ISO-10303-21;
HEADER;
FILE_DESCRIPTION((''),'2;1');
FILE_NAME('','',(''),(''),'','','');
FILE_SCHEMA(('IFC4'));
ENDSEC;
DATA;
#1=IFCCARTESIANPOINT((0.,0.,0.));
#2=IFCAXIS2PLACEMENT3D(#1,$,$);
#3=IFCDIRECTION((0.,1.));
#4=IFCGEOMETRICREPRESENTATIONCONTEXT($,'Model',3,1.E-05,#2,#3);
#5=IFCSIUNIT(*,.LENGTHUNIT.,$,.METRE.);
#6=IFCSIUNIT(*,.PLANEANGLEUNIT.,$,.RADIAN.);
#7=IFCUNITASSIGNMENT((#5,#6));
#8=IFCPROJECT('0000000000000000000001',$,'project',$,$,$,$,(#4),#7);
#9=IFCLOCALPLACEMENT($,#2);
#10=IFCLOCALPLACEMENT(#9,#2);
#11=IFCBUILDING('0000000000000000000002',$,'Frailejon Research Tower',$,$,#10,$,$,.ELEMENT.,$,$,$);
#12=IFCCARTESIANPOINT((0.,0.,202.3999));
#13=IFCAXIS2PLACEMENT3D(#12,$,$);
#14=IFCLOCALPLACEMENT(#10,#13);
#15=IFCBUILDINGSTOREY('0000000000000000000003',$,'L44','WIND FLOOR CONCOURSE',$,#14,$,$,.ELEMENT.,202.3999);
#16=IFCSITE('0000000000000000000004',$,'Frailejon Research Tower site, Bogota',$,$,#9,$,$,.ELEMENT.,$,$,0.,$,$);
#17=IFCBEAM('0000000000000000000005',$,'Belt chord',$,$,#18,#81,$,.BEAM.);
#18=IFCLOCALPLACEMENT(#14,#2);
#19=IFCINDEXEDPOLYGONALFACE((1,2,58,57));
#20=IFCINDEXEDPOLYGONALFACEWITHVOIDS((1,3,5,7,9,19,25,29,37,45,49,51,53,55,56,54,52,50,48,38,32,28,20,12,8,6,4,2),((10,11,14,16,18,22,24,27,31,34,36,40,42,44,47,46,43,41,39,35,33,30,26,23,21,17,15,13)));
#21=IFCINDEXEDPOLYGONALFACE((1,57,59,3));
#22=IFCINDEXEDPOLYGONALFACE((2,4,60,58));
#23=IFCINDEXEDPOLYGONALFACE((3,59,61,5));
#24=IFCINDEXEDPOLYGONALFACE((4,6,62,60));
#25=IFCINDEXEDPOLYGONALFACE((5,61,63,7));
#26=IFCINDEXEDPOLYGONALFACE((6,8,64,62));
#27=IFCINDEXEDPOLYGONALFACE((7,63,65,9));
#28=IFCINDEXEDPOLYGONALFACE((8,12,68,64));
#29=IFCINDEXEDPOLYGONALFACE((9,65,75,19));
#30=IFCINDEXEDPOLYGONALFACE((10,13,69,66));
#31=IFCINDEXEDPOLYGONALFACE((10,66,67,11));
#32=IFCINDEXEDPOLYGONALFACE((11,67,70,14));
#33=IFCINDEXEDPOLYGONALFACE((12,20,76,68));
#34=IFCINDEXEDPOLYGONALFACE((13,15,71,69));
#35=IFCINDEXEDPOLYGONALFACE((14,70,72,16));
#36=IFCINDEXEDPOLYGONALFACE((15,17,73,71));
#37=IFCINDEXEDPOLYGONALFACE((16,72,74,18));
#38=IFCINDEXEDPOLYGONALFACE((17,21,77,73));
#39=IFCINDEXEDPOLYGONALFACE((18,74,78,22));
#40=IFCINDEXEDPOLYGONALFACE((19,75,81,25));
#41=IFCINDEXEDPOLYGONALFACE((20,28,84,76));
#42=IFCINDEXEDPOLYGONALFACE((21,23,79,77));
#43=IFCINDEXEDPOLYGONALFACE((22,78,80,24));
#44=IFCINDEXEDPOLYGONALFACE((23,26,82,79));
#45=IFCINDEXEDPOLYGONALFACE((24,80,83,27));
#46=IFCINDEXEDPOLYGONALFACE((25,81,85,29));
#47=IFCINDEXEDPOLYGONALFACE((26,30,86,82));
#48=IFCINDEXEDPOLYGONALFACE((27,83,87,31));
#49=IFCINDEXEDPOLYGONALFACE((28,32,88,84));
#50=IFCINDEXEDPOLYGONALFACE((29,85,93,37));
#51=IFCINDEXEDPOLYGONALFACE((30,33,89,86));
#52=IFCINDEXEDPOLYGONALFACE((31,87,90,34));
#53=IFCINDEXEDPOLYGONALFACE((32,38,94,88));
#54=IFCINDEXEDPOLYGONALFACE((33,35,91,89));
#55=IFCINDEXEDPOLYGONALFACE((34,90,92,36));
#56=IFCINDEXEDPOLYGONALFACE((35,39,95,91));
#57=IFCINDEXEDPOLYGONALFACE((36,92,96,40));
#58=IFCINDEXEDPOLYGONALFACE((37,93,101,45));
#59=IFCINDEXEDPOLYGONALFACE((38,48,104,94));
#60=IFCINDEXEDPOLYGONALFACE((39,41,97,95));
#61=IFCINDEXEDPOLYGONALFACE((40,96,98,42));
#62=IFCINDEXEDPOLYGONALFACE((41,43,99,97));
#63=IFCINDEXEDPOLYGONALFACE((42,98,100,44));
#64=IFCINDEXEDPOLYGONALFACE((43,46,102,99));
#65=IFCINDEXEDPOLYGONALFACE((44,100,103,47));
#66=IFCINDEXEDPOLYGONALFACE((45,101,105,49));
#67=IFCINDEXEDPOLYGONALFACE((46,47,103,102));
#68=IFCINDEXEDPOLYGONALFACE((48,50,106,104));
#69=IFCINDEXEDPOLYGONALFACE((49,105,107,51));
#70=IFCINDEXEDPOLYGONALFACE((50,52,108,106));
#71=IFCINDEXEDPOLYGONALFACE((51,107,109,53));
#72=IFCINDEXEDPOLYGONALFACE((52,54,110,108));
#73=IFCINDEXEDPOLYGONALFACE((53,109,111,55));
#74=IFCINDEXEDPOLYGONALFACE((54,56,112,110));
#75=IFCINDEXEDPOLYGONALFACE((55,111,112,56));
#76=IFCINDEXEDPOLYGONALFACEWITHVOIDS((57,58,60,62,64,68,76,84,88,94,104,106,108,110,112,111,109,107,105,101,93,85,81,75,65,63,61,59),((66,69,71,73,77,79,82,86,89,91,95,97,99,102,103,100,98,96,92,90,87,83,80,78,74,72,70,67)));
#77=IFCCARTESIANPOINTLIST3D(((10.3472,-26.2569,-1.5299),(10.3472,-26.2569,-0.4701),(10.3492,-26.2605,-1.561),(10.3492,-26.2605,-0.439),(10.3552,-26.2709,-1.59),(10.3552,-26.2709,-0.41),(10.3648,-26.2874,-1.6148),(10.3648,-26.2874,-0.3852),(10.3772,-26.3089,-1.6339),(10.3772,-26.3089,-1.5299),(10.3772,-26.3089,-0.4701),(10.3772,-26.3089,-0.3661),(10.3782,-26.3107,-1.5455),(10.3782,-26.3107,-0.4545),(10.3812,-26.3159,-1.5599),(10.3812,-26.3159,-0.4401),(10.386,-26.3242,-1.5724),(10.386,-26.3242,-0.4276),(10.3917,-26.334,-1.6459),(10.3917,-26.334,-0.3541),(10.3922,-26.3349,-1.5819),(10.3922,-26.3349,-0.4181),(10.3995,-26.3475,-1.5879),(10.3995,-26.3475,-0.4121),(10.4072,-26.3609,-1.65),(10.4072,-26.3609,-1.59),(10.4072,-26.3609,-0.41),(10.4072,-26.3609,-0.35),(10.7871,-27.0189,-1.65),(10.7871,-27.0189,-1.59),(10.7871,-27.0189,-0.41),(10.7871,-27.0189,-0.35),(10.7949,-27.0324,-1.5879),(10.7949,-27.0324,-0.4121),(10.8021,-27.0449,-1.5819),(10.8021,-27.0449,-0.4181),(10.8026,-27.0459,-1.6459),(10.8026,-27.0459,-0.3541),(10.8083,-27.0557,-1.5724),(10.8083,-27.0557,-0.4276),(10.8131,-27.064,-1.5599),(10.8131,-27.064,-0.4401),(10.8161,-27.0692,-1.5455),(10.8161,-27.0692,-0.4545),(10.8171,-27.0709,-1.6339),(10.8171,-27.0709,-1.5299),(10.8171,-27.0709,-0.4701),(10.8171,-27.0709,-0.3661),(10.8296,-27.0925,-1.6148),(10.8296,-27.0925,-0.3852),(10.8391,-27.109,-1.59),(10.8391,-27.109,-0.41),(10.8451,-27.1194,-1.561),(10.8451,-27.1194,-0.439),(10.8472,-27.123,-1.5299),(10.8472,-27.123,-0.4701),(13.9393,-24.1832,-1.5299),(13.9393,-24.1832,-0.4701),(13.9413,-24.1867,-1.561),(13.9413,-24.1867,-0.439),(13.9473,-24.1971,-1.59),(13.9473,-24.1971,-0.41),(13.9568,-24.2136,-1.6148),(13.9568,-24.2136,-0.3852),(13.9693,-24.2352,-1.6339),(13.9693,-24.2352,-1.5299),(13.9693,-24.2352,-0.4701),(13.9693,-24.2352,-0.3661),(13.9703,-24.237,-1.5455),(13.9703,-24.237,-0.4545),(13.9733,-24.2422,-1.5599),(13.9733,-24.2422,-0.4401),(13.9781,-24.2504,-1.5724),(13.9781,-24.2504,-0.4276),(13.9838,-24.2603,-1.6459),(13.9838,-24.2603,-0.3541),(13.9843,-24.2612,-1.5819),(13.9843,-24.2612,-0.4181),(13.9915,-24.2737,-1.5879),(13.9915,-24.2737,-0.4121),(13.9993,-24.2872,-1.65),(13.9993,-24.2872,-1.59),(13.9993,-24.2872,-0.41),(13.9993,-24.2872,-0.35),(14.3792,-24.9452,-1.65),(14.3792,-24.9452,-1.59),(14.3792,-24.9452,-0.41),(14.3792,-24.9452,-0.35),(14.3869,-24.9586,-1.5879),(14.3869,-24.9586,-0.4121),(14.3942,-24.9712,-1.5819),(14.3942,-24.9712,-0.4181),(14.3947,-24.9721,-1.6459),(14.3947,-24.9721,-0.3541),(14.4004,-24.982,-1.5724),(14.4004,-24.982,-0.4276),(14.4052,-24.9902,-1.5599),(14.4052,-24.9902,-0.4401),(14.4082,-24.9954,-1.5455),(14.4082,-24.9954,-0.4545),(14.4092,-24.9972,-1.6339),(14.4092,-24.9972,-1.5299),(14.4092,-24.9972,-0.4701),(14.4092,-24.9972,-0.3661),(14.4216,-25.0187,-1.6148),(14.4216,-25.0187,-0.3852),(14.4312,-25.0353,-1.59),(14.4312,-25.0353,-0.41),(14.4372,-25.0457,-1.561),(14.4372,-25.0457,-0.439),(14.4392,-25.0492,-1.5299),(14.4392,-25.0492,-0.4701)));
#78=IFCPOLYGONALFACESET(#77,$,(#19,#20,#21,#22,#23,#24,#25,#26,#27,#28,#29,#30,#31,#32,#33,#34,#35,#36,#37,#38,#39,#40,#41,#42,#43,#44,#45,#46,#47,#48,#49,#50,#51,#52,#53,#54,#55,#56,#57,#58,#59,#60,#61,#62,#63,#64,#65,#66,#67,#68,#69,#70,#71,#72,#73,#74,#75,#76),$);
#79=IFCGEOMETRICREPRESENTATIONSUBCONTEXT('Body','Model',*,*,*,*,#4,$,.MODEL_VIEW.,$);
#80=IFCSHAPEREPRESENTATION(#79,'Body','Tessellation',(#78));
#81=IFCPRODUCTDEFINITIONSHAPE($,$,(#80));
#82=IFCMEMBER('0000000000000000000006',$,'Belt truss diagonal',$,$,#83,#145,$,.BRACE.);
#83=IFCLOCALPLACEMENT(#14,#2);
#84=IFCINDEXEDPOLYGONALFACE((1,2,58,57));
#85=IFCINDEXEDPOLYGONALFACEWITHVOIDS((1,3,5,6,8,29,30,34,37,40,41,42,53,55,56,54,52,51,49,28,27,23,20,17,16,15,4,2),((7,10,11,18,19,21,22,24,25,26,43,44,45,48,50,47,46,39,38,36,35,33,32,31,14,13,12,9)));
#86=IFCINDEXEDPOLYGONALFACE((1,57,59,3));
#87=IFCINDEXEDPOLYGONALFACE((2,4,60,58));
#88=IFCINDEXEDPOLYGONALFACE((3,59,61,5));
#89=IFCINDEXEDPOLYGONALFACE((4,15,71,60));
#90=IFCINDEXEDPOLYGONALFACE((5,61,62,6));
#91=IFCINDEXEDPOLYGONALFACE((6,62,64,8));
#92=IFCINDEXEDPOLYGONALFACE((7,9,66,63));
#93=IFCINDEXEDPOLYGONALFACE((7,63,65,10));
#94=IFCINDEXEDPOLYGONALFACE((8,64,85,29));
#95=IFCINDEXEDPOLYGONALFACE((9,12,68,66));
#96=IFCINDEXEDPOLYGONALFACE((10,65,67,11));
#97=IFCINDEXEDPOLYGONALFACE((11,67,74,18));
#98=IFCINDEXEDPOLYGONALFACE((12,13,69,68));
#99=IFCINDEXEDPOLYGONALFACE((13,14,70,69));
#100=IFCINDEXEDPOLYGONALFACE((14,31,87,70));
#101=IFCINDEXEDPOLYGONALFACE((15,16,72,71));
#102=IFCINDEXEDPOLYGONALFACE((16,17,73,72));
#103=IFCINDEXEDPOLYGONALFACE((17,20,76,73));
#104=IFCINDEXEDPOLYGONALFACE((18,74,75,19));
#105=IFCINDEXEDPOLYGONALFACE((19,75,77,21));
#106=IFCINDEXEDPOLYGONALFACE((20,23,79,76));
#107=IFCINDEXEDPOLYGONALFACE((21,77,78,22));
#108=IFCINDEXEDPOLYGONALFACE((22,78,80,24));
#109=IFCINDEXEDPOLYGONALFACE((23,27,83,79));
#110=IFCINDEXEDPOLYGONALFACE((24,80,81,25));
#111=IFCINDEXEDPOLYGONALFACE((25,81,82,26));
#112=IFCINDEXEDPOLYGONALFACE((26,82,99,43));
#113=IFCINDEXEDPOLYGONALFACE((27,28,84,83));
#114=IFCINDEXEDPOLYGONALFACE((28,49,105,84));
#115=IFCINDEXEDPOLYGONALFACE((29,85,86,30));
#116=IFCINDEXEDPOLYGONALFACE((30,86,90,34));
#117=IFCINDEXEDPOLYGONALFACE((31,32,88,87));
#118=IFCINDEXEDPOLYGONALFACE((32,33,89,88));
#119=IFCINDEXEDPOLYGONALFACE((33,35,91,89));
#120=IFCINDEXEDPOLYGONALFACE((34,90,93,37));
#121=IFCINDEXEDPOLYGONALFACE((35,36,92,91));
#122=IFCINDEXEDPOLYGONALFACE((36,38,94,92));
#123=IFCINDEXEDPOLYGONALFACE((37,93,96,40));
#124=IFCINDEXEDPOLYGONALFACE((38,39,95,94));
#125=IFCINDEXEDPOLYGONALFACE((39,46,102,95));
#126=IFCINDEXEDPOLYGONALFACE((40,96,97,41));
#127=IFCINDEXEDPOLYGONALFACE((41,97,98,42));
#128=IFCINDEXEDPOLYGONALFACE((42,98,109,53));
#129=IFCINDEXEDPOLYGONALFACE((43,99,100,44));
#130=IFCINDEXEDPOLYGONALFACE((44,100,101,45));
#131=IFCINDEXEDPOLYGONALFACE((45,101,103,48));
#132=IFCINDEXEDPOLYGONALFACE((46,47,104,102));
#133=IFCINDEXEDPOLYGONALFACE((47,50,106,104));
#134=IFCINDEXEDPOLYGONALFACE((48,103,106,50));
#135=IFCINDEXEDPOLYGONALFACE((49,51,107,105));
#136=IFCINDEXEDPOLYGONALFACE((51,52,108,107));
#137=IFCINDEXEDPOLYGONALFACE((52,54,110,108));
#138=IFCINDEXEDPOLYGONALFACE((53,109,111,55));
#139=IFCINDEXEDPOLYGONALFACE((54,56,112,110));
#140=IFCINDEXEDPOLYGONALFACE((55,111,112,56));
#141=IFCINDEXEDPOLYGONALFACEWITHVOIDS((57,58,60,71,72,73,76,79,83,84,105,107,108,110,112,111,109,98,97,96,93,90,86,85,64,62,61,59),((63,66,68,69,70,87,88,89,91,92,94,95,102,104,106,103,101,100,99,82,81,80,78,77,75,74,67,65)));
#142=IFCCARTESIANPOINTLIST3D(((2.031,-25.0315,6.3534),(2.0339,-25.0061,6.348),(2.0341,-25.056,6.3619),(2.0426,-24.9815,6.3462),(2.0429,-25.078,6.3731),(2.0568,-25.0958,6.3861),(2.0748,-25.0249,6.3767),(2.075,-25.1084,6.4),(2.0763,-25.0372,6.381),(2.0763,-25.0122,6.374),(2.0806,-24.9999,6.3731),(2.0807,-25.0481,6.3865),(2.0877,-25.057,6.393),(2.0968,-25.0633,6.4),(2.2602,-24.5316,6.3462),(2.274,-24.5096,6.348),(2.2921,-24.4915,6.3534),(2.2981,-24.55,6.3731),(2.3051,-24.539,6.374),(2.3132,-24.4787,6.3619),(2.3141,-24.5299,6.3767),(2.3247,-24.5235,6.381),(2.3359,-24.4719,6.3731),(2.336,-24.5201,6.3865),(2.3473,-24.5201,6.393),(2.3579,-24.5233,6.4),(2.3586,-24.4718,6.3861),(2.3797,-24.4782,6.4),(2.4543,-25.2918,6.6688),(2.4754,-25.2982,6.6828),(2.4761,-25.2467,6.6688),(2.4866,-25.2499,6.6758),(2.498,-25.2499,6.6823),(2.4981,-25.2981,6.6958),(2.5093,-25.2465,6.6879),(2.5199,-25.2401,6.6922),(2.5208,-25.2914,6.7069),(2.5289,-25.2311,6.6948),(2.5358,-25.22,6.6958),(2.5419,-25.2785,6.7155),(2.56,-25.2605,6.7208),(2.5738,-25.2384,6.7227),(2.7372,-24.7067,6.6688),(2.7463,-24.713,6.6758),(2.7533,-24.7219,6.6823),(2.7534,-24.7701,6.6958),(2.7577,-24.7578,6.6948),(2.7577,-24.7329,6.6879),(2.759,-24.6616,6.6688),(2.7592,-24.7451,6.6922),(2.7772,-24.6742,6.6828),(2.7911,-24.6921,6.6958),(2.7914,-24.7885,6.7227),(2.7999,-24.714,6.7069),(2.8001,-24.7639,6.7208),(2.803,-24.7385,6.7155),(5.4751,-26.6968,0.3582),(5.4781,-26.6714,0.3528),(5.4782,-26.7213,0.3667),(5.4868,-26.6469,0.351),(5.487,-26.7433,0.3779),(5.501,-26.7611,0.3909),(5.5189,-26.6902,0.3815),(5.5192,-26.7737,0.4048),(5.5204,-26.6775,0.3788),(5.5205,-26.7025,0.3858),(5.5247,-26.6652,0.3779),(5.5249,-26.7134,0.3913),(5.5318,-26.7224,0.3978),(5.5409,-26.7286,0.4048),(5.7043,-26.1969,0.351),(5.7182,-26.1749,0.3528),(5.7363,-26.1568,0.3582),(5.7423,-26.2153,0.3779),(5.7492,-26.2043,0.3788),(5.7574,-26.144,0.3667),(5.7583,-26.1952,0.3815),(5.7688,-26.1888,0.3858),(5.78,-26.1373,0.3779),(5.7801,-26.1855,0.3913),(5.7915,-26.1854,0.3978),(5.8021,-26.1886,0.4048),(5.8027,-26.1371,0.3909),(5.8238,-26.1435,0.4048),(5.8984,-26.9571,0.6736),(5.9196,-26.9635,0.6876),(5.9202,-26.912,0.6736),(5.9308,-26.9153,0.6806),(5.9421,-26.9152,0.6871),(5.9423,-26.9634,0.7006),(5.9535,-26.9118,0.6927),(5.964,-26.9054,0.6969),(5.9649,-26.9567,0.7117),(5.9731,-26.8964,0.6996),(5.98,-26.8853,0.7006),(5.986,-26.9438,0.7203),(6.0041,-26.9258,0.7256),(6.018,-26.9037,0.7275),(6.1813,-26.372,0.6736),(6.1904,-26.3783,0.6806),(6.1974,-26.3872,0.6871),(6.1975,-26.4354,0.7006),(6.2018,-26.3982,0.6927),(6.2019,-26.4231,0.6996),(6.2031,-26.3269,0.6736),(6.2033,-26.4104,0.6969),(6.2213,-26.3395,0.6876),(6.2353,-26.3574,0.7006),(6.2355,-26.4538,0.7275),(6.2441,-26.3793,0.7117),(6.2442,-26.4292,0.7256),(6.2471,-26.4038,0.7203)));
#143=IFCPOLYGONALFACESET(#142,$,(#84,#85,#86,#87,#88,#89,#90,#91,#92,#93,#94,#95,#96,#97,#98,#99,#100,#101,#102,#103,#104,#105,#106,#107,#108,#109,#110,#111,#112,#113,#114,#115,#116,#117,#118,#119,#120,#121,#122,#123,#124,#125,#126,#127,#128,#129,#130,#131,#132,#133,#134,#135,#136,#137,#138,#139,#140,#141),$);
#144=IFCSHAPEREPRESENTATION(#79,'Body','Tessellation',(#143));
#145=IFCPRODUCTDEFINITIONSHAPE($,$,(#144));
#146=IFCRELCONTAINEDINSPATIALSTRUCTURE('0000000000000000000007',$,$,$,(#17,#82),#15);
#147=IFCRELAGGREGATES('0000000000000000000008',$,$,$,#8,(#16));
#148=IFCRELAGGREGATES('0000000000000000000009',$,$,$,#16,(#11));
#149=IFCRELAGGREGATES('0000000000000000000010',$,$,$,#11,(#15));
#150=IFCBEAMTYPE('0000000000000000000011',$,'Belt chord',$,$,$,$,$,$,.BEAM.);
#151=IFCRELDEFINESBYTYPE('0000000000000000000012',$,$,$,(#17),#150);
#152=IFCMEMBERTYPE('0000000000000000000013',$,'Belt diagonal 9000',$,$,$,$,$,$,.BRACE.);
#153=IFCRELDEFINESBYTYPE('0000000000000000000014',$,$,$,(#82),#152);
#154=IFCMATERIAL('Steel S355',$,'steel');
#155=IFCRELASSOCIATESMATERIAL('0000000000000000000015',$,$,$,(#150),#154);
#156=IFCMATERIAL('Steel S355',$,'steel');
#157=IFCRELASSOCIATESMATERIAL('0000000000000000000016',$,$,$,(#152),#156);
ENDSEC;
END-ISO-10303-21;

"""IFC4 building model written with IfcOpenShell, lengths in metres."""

from ifc_helpers import new_model, si_unit, direction, frame, origin, origin_2d, place, context, subcontext, project, spatial, hollow_rectangle, extrude, material, material_profile, profile_set, type_object, element, save


model = new_model("IFC4")

# Units and contexts
model_context = context("Model", 3, precision=1e-05, world=origin(), true_north=direction((0.0, 1.0)))
body_context = subcontext(model_context, "Body", "Model", "MODEL_VIEW")
ifc_project = project(units=[si_unit("LENGTHUNIT", "METRE"), si_unit("PLANEANGLEUNIT", "RADIAN")], contexts=[model_context])

# Site, building, storey
site_placement = place(None, origin())
site = spatial("IfcSite", under=ifc_project, at=site_placement, Name="Frailejon Research Tower site, Bogota", CompositionType="ELEMENT", RefElevation=0.0)
building_placement = place(site_placement, origin())
building = spatial("IfcBuilding", under=site, at=building_placement, Name="Frailejon Research Tower", CompositionType="ELEMENT")
storey_placement = place(building_placement, frame((0.0, 0.0, 202.3999)))
storey = spatial("IfcBuildingStorey", under=building, at=storey_placement, Name="L44", Description="WIND FLOOR CONCOURSE", CompositionType="ELEMENT", Elevation=202.3999)

# Beam
ifc_material_1 = material(Name="Steel S355", Category="steel")
ifc_material_profile_1 = material_profile(ifc_material_1, hollow_rectangle(XDim=1.0, YDim=1.3, WallThickness=0.0601, InnerFilletRadius=0.0601, OuterFilletRadius=0.1201, at=origin_2d()), Name="Belt chord")
ifc_profile_set_1 = profile_set([ifc_material_profile_1], Name="Steel S355")
beam_type_1 = type_object("IfcBeamType", Name="Belt chord", PredefinedType="BEAM", material=ifc_profile_set_1)
beam_1_placement = place(storey_placement, frame((10.5972, -26.6899, -1.0), z_axis=(0.86604, 0.499976, 0.0), x_axis=(-0.499976, 0.86604, 0.0)))
element("IfcBeam", 1, at=beam_1_placement, inside=storey, type_object=beam_type_1, Name="Belt chord", PredefinedType="BEAM", context=body_context, shape_type="SweptSolid", body=[
    extrude(hollow_rectangle(XDim=1.0, YDim=1.3, WallThickness=0.0601, InnerFilletRadius=0.0601, OuterFilletRadius=0.1201, at=origin_2d()), origin(), (0.0, 0.0, 1.0), 4.1477),
])

# Member
ifc_material_2 = material(Name="Steel S355", Category="steel")
ifc_material_profile_2 = material_profile(ifc_material_2, hollow_rectangle(XDim=0.7, YDim=0.7, WallThickness=0.05, InnerFilletRadius=0.05, OuterFilletRadius=0.1001, at=origin_2d()), Name="Belt diagonal 9000")
ifc_profile_set_2 = profile_set([ifc_material_profile_2], Name="Steel S355")
member_type = type_object("IfcMemberType", Name="Belt diagonal 9000", PredefinedType="BRACE", material=ifc_profile_set_2)
member_1_placement = place(storey_placement, frame((2.417, -24.885, 6.5344), z_axis=(0.484285, -0.234161, -0.842993), x_axis=(0.435304, 0.900284, 0.0)))
element("IfcMember", 2, at=member_1_placement, inside=storey, type_object=member_type, Name="Belt truss diagonal", PredefinedType="BRACE", context=body_context, shape_type="SweptSolid", body=[
    extrude(hollow_rectangle(XDim=0.7, YDim=0.7, WallThickness=0.05, InnerFilletRadius=0.05, OuterFilletRadius=0.1001, at=origin_2d()), origin(), (0.0, 0.0, 1.0), 7.1118),
])

save(model, "model.ifc")
